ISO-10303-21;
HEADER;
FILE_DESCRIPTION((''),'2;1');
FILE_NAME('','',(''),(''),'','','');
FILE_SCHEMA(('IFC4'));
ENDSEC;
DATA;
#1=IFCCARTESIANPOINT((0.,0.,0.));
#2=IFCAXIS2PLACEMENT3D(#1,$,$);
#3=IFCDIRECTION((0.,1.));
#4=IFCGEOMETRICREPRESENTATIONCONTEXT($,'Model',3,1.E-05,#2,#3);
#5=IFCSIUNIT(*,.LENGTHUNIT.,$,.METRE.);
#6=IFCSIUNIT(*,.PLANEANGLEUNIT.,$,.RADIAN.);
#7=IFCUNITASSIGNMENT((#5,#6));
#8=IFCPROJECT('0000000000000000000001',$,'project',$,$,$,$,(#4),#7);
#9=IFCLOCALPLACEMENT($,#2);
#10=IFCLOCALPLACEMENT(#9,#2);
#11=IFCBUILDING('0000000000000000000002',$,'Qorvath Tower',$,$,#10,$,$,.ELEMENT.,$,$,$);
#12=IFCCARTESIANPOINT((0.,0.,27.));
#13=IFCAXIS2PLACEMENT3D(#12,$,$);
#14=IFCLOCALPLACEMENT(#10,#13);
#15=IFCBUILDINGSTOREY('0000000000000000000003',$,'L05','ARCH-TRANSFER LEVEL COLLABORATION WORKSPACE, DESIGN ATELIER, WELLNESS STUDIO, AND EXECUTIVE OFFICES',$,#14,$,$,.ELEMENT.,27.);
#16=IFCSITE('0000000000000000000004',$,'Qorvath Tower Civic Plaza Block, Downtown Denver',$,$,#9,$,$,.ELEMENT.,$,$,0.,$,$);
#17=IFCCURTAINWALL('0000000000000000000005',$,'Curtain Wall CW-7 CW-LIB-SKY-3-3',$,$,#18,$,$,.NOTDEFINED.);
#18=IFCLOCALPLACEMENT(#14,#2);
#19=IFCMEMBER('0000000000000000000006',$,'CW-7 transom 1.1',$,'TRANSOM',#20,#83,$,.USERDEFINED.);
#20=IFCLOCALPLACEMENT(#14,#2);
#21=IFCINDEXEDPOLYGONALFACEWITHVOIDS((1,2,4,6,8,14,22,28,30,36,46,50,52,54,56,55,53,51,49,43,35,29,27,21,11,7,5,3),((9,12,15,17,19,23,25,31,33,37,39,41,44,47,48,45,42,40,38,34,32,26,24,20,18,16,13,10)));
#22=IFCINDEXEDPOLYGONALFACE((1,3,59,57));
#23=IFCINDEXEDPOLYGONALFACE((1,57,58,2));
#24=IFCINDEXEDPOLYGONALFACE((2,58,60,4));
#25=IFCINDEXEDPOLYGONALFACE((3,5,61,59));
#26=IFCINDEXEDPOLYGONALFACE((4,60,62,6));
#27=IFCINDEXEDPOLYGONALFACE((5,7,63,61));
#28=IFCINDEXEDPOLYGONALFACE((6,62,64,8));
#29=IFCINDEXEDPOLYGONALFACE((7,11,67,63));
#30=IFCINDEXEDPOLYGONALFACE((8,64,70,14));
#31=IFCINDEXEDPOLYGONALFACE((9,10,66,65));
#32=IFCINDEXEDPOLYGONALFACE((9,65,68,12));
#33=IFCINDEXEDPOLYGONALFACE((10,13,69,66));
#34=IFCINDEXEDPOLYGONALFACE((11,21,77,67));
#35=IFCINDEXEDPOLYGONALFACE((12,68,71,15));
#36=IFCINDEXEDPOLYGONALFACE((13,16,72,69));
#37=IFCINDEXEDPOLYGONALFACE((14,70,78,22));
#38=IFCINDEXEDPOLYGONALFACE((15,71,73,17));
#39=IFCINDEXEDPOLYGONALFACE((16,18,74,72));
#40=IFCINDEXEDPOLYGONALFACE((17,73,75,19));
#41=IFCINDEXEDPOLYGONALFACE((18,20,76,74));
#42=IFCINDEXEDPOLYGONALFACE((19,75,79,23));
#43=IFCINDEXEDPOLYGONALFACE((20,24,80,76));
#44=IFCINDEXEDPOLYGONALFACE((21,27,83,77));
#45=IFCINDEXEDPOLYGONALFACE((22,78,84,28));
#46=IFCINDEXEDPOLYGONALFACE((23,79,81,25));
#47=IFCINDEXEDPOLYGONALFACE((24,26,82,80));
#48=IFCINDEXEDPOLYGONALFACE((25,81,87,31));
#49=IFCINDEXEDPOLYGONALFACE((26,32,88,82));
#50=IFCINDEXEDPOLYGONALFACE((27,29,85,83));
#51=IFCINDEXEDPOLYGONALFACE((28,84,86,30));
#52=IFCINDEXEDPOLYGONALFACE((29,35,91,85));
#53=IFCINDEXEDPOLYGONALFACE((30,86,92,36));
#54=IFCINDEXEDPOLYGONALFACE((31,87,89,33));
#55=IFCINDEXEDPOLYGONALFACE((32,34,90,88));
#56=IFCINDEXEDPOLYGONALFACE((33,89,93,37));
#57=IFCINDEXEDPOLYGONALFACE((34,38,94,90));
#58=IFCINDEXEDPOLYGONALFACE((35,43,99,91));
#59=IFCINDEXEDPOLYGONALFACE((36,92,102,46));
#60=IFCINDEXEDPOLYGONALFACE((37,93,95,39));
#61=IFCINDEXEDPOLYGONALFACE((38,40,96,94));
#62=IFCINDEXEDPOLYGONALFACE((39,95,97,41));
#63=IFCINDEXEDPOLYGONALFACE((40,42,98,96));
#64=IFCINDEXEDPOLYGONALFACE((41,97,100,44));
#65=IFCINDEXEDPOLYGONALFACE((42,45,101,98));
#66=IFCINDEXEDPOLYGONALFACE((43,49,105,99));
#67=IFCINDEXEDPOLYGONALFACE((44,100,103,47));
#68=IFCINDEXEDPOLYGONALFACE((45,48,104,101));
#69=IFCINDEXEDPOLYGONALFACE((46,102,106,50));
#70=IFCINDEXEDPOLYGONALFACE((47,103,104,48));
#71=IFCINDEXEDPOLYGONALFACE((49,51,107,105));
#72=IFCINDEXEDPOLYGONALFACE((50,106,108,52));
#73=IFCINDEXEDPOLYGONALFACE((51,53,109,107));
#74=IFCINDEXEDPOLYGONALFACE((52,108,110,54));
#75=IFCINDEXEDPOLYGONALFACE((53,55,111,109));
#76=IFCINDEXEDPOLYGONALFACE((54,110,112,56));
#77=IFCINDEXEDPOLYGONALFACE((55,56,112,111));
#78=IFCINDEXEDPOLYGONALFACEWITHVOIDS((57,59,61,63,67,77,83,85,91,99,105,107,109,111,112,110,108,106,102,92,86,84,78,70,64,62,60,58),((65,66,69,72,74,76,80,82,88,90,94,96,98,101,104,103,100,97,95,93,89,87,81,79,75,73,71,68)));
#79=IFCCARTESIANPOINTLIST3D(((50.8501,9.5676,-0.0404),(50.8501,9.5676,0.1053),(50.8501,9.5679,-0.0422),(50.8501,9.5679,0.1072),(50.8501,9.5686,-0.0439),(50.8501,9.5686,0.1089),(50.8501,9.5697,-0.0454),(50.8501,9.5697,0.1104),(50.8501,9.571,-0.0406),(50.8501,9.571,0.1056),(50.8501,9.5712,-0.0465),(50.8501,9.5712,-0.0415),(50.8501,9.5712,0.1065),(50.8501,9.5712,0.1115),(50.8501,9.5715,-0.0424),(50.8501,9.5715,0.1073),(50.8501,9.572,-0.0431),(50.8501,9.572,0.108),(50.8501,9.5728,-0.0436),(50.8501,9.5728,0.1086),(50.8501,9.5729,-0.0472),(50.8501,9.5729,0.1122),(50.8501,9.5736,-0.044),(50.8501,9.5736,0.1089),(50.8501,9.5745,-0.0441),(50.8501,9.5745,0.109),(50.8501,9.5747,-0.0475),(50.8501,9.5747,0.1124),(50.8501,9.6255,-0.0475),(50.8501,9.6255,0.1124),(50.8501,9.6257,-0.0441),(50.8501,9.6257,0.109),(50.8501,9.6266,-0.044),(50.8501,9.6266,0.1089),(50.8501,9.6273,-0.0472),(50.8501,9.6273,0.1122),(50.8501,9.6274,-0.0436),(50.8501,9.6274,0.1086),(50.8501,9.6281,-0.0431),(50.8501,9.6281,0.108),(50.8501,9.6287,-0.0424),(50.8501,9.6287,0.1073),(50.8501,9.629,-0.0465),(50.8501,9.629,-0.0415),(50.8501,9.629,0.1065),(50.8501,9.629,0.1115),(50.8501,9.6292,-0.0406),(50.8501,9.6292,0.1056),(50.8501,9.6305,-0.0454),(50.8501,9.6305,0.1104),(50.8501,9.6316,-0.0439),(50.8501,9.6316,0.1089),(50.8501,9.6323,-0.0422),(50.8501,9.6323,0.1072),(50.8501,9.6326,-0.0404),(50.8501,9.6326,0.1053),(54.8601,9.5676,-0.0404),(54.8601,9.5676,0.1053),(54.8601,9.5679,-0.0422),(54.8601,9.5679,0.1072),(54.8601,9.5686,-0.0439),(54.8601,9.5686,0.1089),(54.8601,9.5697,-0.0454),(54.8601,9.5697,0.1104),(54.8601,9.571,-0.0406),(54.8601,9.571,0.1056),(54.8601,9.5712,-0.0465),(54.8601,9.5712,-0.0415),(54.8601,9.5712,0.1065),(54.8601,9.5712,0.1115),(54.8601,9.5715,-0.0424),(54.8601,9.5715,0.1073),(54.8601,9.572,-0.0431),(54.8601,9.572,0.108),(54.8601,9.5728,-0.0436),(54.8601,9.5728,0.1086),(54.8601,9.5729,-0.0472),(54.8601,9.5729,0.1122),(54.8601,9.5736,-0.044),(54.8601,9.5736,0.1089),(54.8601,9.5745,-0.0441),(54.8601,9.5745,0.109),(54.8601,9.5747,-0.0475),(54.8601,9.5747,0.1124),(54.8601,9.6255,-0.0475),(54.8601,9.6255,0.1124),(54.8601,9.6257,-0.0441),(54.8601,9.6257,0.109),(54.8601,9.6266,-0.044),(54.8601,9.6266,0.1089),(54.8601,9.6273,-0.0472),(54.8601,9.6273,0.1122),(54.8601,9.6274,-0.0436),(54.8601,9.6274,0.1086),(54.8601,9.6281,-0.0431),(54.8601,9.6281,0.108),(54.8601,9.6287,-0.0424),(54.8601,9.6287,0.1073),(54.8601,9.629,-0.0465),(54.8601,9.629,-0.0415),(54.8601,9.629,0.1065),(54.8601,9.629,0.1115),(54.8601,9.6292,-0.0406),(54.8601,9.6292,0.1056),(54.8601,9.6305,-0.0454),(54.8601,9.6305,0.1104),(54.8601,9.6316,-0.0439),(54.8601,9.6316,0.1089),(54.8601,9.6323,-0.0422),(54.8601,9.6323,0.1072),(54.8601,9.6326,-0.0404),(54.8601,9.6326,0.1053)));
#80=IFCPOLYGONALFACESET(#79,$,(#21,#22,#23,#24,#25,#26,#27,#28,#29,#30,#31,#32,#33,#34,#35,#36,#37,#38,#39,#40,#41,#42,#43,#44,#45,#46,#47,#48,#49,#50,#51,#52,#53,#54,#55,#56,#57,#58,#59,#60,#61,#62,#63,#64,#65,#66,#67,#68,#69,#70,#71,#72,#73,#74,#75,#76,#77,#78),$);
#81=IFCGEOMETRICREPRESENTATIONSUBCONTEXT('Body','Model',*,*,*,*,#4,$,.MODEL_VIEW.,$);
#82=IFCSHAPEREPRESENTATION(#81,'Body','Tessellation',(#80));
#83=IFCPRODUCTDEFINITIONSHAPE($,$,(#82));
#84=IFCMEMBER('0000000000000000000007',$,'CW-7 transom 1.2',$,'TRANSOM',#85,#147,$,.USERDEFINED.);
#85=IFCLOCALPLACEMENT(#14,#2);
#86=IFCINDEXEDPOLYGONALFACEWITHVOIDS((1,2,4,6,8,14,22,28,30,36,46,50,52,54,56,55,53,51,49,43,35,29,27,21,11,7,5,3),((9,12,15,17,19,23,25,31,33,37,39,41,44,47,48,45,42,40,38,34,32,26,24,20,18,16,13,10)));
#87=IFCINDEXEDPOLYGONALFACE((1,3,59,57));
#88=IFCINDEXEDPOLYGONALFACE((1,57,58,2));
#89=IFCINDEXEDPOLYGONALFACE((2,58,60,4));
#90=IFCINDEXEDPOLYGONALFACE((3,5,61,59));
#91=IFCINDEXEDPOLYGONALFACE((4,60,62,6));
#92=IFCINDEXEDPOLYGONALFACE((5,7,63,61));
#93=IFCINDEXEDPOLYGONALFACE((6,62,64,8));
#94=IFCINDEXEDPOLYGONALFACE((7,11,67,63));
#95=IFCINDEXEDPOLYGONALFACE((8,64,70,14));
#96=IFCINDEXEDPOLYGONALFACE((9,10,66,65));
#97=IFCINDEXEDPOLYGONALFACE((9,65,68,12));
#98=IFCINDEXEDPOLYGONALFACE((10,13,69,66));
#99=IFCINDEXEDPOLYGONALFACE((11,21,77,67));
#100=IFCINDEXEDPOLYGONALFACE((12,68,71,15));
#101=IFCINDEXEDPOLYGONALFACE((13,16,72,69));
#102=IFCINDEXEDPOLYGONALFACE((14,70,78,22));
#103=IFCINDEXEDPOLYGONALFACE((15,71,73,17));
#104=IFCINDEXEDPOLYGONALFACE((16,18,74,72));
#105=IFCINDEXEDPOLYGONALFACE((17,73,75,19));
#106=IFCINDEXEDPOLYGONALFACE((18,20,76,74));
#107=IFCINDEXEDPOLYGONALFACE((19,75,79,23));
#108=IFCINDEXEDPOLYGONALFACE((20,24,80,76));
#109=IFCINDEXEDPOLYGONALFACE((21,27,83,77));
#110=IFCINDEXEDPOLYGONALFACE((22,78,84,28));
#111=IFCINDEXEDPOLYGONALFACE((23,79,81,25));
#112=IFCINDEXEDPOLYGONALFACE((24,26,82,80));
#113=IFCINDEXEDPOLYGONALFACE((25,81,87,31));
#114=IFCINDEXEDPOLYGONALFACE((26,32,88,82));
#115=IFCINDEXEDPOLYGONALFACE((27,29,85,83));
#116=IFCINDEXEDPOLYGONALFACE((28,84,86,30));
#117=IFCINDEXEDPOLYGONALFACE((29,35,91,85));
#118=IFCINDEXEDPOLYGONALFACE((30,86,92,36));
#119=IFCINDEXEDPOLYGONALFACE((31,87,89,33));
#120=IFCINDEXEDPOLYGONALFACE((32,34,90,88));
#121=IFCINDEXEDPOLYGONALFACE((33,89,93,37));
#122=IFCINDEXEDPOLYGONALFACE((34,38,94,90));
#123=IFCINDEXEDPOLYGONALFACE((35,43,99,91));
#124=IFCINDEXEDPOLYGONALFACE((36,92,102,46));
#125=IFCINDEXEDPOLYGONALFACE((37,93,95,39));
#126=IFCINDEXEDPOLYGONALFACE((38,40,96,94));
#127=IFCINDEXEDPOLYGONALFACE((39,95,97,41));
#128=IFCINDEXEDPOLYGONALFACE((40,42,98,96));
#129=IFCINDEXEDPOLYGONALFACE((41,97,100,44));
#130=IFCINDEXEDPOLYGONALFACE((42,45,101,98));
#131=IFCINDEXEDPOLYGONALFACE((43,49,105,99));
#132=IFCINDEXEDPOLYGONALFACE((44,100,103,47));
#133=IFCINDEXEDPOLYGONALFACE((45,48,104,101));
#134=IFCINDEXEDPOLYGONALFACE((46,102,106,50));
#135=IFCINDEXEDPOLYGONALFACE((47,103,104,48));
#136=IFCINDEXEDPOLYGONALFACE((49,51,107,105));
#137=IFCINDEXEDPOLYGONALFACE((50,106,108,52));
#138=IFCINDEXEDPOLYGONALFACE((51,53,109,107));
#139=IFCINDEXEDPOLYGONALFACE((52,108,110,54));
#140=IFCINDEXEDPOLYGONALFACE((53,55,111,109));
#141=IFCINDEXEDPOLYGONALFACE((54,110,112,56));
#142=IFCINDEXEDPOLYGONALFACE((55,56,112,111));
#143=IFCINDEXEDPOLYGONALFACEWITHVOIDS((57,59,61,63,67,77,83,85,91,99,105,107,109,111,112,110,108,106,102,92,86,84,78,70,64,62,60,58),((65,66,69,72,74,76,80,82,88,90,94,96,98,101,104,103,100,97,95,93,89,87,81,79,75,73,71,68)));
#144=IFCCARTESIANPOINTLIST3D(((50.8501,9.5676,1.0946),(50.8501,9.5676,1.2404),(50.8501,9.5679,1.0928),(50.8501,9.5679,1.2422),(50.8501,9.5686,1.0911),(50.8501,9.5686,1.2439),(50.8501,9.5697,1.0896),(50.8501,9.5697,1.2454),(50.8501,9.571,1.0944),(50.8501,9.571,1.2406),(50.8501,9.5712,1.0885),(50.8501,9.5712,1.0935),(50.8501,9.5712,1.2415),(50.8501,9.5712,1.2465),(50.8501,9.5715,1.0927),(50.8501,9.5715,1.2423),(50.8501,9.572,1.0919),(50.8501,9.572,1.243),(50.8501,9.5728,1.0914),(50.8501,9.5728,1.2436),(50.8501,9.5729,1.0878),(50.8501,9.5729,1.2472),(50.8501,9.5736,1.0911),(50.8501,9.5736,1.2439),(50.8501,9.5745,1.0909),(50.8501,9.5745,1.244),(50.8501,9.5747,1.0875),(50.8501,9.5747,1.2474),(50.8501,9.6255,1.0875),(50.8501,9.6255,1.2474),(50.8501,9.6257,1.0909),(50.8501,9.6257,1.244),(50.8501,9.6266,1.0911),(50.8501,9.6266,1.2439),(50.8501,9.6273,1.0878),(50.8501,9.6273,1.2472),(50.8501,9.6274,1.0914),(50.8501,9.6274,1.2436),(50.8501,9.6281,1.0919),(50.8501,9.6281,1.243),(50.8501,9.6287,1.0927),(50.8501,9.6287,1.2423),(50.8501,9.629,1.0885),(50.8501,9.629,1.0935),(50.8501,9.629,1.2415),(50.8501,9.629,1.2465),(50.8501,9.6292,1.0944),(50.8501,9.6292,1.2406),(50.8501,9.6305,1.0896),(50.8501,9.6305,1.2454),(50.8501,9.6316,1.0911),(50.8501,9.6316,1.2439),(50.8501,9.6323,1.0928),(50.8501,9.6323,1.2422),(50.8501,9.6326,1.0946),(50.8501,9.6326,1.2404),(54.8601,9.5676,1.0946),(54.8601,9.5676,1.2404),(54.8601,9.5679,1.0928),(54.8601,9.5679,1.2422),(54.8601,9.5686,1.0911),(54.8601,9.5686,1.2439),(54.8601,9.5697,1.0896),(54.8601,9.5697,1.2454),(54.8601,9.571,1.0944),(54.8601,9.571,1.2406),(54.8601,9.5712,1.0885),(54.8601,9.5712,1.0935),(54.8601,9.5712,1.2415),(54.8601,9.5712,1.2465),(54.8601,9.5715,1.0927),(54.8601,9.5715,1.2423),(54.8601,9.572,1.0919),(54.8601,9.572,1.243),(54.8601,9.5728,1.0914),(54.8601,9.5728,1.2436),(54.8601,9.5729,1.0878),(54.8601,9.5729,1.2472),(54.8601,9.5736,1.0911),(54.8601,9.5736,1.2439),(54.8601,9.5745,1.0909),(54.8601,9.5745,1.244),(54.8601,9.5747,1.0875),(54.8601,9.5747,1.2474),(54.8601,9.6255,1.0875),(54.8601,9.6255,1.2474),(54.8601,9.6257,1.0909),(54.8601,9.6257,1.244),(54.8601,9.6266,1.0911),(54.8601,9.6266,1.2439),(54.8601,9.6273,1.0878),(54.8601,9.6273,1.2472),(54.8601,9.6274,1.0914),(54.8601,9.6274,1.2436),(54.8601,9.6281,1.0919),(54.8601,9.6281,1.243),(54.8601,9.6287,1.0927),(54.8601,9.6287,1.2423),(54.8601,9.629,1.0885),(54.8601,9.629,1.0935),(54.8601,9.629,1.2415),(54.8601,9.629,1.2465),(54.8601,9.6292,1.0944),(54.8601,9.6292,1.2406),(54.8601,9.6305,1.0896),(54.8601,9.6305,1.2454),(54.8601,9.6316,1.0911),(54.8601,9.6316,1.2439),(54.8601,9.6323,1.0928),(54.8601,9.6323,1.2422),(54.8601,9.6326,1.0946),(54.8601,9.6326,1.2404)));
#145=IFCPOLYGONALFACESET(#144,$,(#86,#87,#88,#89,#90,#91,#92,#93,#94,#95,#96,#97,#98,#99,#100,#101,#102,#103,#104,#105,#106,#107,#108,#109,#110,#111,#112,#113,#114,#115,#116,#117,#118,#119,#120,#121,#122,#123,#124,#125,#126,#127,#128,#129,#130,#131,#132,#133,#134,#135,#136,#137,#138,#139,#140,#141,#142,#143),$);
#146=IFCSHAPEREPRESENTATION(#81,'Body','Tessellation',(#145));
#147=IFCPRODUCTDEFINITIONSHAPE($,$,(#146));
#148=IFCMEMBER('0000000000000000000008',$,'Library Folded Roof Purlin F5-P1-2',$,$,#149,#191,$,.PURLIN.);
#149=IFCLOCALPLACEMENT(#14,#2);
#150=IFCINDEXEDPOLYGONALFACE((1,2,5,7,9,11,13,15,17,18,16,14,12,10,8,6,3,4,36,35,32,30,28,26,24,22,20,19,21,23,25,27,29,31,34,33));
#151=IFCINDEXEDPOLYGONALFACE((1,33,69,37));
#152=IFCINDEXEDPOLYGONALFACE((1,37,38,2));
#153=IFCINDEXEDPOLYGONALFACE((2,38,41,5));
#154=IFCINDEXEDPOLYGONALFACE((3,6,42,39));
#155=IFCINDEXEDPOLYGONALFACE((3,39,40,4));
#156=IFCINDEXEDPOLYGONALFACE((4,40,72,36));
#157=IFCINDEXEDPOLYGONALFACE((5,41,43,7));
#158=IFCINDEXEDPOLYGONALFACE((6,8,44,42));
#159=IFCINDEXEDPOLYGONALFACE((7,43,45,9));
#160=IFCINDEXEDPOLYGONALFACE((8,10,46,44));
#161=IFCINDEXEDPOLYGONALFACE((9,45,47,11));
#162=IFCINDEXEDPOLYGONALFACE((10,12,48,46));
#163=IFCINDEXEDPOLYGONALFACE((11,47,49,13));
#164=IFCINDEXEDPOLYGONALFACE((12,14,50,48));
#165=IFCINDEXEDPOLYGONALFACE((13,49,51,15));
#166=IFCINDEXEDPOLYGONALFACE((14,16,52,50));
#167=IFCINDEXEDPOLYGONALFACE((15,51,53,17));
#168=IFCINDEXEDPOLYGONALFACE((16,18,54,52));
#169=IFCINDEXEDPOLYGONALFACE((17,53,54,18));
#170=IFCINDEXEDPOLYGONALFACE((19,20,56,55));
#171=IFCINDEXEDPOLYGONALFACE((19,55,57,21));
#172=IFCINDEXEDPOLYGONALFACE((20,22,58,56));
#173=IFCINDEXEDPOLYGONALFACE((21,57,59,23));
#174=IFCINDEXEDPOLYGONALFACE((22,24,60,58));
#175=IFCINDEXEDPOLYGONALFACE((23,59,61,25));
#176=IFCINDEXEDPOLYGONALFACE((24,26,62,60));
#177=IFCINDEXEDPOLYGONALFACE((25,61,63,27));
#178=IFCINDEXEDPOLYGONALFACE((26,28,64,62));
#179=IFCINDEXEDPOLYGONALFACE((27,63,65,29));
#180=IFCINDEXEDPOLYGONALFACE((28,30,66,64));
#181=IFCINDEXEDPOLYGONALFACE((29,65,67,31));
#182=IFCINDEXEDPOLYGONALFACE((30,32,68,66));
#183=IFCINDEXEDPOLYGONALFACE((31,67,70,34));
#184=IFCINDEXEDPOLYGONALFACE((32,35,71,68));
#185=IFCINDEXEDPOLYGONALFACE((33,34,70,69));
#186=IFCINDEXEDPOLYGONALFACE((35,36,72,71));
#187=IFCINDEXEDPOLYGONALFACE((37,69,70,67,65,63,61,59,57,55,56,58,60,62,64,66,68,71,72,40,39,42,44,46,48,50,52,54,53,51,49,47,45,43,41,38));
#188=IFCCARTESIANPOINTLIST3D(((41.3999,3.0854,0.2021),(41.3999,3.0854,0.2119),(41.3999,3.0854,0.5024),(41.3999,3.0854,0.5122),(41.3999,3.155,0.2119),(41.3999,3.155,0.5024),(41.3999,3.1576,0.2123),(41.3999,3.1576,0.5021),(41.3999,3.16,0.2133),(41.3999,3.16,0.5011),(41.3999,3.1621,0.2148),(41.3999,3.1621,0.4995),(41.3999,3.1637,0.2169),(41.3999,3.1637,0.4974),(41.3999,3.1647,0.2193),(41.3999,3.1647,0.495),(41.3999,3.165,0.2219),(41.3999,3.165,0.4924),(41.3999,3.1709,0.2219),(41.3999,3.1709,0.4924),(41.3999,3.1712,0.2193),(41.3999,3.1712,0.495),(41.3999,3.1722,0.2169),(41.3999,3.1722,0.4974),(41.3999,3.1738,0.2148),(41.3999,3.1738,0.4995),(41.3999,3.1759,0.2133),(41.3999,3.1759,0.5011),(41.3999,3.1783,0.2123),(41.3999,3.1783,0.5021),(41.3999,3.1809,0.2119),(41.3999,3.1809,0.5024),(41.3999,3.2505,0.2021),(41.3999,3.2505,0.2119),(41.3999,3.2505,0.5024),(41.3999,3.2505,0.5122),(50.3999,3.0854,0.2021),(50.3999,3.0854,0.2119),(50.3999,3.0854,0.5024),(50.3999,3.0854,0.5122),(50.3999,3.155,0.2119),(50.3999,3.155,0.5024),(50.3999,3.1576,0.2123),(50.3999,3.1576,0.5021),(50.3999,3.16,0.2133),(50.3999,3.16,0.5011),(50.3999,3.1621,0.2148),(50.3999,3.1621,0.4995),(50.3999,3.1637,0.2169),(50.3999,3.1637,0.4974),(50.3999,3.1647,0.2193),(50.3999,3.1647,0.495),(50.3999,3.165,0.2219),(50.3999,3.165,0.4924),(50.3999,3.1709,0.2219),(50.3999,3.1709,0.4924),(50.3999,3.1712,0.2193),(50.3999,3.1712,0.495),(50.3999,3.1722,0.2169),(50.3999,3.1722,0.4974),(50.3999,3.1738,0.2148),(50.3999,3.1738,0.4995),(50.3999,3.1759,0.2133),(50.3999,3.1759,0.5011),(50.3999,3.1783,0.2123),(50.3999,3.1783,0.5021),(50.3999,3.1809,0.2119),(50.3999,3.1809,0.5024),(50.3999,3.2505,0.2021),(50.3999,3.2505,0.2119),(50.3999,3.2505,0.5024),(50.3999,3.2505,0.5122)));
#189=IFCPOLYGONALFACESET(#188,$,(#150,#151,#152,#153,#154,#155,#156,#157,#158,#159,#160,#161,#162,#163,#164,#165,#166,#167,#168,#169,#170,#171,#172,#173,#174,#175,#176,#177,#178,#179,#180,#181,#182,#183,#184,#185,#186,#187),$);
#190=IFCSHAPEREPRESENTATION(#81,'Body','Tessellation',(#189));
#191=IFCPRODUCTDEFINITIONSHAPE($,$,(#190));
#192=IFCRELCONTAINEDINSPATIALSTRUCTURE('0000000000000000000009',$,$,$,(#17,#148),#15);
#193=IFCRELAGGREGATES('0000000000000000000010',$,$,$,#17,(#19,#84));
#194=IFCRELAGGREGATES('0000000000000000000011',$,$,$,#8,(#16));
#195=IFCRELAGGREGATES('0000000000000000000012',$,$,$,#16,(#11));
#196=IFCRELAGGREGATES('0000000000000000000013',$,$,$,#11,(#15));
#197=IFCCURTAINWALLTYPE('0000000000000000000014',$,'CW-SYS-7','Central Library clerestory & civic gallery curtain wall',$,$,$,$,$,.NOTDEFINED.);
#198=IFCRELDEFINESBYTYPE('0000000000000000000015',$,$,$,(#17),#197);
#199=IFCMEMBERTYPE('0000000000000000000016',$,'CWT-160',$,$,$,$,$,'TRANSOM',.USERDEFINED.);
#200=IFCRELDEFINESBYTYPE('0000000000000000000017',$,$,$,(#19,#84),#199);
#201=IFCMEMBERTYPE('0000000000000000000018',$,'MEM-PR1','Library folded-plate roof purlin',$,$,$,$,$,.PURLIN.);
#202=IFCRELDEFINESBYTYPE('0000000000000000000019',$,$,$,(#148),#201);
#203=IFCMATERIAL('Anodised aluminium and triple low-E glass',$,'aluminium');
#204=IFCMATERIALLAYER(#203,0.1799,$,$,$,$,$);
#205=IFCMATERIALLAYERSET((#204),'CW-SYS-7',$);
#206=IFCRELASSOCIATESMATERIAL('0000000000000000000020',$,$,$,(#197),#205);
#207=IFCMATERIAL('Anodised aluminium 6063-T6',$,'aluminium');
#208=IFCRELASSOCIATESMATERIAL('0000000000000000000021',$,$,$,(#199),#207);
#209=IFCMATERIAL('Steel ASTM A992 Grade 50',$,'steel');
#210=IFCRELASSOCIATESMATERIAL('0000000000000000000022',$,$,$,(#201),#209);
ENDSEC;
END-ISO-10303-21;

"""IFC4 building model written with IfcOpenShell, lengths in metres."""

from ifc_helpers import new_model, si_unit, direction, frame, origin, origin_2d, place, context, subcontext, project, spatial, hollow_rectangle, i_section, extrude, material, layer, layer_set, material_profile, profile_set, type_object, element, aggregate, save


model = new_model("IFC4")

# Units and contexts
model_context = context("Model", 3, precision=1e-05, world=origin(), true_north=direction((0.0, 1.0)))
body_context = subcontext(model_context, "Body", "Model", "MODEL_VIEW")
ifc_project = project(units=[si_unit("LENGTHUNIT", "METRE"), si_unit("PLANEANGLEUNIT", "RADIAN")], contexts=[model_context])

# Site, building, storey
site_placement = place(None, origin())
site = spatial("IfcSite", under=ifc_project, at=site_placement, Name="Qorvath Tower Civic Plaza Block, Downtown Denver", CompositionType="ELEMENT", RefElevation=0.0)
building_placement = place(site_placement, origin())
building = spatial("IfcBuilding", under=site, at=building_placement, Name="Qorvath Tower", CompositionType="ELEMENT")
storey_placement = place(building_placement, frame((0.0, 0.0, 27.0)))
storey = spatial("IfcBuildingStorey", under=building, at=storey_placement, Name="L05", Description="ARCH-TRANSFER LEVEL COLLABORATION WORKSPACE, DESIGN ATELIER, WELLNESS STUDIO, AND EXECUTIVE OFFICES", CompositionType="ELEMENT", Elevation=27.0)

# Shared definitions
ifc_material_1 = material(Name="Anodised aluminium and triple low-E glass", Category="aluminium")
ifc_layer_1 = layer(ifc_material_1, 0.1799)
ifc_layer_set_1 = layer_set([ifc_layer_1], Name="CW-SYS-7")
curtain_wall_type = type_object("IfcCurtainWallType", Name="CW-SYS-7", Description="Central Library clerestory & civic gallery curtain wall", PredefinedType="NOTDEFINED", material=ifc_layer_set_1)

# Curtain wall
curtain_wall_1_placement = place(storey_placement, origin())
curtain_wall_1 = element("IfcCurtainWall", 1, at=curtain_wall_1_placement, inside=storey, type_object=curtain_wall_type, Name="Curtain Wall CW-7 CW-LIB-SKY-3-3", PredefinedType="NOTDEFINED")

# Members
ifc_material_2 = material(Name="Anodised aluminium 6063-T6", Category="aluminium")
ifc_material_profile_1 = material_profile(ifc_material_2, hollow_rectangle(XDim=0.0649, YDim=0.1599, WallThickness=0.0034, InnerFilletRadius=0.0034, OuterFilletRadius=0.0071, at=origin_2d()), Name="CWT 160x65")
ifc_profile_set_1 = profile_set([ifc_material_profile_1], Name="Anodised aluminium 6063-T6")
member_type_1 = type_object("IfcMemberType", Name="CWT-160", ElementType="TRANSOM", PredefinedType="USERDEFINED", material=ifc_profile_set_1)
member_1_placement = place(storey_placement, frame((50.8501, 9.6001, 0.0325), z_axis=(1.0, 0.0, 0.0), x_axis=(0.0, 1.0, 0.0)))
member_1 = element("IfcMember", 2, at=member_1_placement, type_object=member_type_1, Name="CW-7 transom 1.1", ObjectType="TRANSOM", PredefinedType="USERDEFINED", context=body_context, shape_type="SweptSolid", body=[
    extrude(hollow_rectangle(XDim=0.0649, YDim=0.1599, WallThickness=0.0034, InnerFilletRadius=0.0034, OuterFilletRadius=0.0071, at=origin_2d()), origin(), (0.0, 0.0, 1.0), 4.01),
])
member_2_placement = place(storey_placement, frame((50.8501, 9.6001, 1.1675), z_axis=(1.0, 0.0, 0.0), x_axis=(0.0, 1.0, 0.0)))
member_2 = element("IfcMember", 3, at=member_2_placement, type_object=member_type_1, Name="CW-7 transom 1.2", ObjectType="TRANSOM", PredefinedType="USERDEFINED", context=body_context, shape_type="SweptSolid", body=[
    extrude(hollow_rectangle(XDim=0.0649, YDim=0.1599, WallThickness=0.0034, InnerFilletRadius=0.0034, OuterFilletRadius=0.0071, at=origin_2d()), origin(), (0.0, 0.0, 1.0), 4.01),
])

# Member
ifc_material_3 = material(Name="Steel ASTM A992 Grade 50", Category="steel")
ifc_material_profile_2 = material_profile(ifc_material_3, i_section(OverallWidth=0.165, OverallDepth=0.3101, WebThickness=0.0059, FlangeThickness=0.0098, FilletRadius=0.01, at=origin_2d()), Name="W12x26")
ifc_profile_set_2 = profile_set([ifc_material_profile_2], Name="Steel ASTM A992 Grade 50")
member_type_2 = type_object("IfcMemberType", Name="MEM-PR1", Description="Library folded-plate roof purlin", PredefinedType="PURLIN", material=ifc_profile_set_2)
for number, where, z_axis, x_axis, name in (
    (4, (41.3999, 3.168, 0.3572), (1.0, 0.0, 0.0), (0.0, 1.0, 0.0), "Library Folded Roof Purlin F5-P1-2"),
):
    element("IfcMember", number, at=place(storey_placement, frame(where, z_axis=z_axis, x_axis=x_axis)), inside=storey, type_object=member_type_2, Name=name, PredefinedType="PURLIN", context=body_context, shape_type="SweptSolid", body=[
        extrude(i_section(OverallWidth=0.165, OverallDepth=0.3101, WebThickness=0.0059, FlangeThickness=0.0098, FilletRadius=0.01, at=origin_2d()), origin(), (0.0, 0.0, 1.0), 9.0),
    ])

aggregate(curtain_wall_1, [member_1, member_2])

save(model, "model.ifc")
